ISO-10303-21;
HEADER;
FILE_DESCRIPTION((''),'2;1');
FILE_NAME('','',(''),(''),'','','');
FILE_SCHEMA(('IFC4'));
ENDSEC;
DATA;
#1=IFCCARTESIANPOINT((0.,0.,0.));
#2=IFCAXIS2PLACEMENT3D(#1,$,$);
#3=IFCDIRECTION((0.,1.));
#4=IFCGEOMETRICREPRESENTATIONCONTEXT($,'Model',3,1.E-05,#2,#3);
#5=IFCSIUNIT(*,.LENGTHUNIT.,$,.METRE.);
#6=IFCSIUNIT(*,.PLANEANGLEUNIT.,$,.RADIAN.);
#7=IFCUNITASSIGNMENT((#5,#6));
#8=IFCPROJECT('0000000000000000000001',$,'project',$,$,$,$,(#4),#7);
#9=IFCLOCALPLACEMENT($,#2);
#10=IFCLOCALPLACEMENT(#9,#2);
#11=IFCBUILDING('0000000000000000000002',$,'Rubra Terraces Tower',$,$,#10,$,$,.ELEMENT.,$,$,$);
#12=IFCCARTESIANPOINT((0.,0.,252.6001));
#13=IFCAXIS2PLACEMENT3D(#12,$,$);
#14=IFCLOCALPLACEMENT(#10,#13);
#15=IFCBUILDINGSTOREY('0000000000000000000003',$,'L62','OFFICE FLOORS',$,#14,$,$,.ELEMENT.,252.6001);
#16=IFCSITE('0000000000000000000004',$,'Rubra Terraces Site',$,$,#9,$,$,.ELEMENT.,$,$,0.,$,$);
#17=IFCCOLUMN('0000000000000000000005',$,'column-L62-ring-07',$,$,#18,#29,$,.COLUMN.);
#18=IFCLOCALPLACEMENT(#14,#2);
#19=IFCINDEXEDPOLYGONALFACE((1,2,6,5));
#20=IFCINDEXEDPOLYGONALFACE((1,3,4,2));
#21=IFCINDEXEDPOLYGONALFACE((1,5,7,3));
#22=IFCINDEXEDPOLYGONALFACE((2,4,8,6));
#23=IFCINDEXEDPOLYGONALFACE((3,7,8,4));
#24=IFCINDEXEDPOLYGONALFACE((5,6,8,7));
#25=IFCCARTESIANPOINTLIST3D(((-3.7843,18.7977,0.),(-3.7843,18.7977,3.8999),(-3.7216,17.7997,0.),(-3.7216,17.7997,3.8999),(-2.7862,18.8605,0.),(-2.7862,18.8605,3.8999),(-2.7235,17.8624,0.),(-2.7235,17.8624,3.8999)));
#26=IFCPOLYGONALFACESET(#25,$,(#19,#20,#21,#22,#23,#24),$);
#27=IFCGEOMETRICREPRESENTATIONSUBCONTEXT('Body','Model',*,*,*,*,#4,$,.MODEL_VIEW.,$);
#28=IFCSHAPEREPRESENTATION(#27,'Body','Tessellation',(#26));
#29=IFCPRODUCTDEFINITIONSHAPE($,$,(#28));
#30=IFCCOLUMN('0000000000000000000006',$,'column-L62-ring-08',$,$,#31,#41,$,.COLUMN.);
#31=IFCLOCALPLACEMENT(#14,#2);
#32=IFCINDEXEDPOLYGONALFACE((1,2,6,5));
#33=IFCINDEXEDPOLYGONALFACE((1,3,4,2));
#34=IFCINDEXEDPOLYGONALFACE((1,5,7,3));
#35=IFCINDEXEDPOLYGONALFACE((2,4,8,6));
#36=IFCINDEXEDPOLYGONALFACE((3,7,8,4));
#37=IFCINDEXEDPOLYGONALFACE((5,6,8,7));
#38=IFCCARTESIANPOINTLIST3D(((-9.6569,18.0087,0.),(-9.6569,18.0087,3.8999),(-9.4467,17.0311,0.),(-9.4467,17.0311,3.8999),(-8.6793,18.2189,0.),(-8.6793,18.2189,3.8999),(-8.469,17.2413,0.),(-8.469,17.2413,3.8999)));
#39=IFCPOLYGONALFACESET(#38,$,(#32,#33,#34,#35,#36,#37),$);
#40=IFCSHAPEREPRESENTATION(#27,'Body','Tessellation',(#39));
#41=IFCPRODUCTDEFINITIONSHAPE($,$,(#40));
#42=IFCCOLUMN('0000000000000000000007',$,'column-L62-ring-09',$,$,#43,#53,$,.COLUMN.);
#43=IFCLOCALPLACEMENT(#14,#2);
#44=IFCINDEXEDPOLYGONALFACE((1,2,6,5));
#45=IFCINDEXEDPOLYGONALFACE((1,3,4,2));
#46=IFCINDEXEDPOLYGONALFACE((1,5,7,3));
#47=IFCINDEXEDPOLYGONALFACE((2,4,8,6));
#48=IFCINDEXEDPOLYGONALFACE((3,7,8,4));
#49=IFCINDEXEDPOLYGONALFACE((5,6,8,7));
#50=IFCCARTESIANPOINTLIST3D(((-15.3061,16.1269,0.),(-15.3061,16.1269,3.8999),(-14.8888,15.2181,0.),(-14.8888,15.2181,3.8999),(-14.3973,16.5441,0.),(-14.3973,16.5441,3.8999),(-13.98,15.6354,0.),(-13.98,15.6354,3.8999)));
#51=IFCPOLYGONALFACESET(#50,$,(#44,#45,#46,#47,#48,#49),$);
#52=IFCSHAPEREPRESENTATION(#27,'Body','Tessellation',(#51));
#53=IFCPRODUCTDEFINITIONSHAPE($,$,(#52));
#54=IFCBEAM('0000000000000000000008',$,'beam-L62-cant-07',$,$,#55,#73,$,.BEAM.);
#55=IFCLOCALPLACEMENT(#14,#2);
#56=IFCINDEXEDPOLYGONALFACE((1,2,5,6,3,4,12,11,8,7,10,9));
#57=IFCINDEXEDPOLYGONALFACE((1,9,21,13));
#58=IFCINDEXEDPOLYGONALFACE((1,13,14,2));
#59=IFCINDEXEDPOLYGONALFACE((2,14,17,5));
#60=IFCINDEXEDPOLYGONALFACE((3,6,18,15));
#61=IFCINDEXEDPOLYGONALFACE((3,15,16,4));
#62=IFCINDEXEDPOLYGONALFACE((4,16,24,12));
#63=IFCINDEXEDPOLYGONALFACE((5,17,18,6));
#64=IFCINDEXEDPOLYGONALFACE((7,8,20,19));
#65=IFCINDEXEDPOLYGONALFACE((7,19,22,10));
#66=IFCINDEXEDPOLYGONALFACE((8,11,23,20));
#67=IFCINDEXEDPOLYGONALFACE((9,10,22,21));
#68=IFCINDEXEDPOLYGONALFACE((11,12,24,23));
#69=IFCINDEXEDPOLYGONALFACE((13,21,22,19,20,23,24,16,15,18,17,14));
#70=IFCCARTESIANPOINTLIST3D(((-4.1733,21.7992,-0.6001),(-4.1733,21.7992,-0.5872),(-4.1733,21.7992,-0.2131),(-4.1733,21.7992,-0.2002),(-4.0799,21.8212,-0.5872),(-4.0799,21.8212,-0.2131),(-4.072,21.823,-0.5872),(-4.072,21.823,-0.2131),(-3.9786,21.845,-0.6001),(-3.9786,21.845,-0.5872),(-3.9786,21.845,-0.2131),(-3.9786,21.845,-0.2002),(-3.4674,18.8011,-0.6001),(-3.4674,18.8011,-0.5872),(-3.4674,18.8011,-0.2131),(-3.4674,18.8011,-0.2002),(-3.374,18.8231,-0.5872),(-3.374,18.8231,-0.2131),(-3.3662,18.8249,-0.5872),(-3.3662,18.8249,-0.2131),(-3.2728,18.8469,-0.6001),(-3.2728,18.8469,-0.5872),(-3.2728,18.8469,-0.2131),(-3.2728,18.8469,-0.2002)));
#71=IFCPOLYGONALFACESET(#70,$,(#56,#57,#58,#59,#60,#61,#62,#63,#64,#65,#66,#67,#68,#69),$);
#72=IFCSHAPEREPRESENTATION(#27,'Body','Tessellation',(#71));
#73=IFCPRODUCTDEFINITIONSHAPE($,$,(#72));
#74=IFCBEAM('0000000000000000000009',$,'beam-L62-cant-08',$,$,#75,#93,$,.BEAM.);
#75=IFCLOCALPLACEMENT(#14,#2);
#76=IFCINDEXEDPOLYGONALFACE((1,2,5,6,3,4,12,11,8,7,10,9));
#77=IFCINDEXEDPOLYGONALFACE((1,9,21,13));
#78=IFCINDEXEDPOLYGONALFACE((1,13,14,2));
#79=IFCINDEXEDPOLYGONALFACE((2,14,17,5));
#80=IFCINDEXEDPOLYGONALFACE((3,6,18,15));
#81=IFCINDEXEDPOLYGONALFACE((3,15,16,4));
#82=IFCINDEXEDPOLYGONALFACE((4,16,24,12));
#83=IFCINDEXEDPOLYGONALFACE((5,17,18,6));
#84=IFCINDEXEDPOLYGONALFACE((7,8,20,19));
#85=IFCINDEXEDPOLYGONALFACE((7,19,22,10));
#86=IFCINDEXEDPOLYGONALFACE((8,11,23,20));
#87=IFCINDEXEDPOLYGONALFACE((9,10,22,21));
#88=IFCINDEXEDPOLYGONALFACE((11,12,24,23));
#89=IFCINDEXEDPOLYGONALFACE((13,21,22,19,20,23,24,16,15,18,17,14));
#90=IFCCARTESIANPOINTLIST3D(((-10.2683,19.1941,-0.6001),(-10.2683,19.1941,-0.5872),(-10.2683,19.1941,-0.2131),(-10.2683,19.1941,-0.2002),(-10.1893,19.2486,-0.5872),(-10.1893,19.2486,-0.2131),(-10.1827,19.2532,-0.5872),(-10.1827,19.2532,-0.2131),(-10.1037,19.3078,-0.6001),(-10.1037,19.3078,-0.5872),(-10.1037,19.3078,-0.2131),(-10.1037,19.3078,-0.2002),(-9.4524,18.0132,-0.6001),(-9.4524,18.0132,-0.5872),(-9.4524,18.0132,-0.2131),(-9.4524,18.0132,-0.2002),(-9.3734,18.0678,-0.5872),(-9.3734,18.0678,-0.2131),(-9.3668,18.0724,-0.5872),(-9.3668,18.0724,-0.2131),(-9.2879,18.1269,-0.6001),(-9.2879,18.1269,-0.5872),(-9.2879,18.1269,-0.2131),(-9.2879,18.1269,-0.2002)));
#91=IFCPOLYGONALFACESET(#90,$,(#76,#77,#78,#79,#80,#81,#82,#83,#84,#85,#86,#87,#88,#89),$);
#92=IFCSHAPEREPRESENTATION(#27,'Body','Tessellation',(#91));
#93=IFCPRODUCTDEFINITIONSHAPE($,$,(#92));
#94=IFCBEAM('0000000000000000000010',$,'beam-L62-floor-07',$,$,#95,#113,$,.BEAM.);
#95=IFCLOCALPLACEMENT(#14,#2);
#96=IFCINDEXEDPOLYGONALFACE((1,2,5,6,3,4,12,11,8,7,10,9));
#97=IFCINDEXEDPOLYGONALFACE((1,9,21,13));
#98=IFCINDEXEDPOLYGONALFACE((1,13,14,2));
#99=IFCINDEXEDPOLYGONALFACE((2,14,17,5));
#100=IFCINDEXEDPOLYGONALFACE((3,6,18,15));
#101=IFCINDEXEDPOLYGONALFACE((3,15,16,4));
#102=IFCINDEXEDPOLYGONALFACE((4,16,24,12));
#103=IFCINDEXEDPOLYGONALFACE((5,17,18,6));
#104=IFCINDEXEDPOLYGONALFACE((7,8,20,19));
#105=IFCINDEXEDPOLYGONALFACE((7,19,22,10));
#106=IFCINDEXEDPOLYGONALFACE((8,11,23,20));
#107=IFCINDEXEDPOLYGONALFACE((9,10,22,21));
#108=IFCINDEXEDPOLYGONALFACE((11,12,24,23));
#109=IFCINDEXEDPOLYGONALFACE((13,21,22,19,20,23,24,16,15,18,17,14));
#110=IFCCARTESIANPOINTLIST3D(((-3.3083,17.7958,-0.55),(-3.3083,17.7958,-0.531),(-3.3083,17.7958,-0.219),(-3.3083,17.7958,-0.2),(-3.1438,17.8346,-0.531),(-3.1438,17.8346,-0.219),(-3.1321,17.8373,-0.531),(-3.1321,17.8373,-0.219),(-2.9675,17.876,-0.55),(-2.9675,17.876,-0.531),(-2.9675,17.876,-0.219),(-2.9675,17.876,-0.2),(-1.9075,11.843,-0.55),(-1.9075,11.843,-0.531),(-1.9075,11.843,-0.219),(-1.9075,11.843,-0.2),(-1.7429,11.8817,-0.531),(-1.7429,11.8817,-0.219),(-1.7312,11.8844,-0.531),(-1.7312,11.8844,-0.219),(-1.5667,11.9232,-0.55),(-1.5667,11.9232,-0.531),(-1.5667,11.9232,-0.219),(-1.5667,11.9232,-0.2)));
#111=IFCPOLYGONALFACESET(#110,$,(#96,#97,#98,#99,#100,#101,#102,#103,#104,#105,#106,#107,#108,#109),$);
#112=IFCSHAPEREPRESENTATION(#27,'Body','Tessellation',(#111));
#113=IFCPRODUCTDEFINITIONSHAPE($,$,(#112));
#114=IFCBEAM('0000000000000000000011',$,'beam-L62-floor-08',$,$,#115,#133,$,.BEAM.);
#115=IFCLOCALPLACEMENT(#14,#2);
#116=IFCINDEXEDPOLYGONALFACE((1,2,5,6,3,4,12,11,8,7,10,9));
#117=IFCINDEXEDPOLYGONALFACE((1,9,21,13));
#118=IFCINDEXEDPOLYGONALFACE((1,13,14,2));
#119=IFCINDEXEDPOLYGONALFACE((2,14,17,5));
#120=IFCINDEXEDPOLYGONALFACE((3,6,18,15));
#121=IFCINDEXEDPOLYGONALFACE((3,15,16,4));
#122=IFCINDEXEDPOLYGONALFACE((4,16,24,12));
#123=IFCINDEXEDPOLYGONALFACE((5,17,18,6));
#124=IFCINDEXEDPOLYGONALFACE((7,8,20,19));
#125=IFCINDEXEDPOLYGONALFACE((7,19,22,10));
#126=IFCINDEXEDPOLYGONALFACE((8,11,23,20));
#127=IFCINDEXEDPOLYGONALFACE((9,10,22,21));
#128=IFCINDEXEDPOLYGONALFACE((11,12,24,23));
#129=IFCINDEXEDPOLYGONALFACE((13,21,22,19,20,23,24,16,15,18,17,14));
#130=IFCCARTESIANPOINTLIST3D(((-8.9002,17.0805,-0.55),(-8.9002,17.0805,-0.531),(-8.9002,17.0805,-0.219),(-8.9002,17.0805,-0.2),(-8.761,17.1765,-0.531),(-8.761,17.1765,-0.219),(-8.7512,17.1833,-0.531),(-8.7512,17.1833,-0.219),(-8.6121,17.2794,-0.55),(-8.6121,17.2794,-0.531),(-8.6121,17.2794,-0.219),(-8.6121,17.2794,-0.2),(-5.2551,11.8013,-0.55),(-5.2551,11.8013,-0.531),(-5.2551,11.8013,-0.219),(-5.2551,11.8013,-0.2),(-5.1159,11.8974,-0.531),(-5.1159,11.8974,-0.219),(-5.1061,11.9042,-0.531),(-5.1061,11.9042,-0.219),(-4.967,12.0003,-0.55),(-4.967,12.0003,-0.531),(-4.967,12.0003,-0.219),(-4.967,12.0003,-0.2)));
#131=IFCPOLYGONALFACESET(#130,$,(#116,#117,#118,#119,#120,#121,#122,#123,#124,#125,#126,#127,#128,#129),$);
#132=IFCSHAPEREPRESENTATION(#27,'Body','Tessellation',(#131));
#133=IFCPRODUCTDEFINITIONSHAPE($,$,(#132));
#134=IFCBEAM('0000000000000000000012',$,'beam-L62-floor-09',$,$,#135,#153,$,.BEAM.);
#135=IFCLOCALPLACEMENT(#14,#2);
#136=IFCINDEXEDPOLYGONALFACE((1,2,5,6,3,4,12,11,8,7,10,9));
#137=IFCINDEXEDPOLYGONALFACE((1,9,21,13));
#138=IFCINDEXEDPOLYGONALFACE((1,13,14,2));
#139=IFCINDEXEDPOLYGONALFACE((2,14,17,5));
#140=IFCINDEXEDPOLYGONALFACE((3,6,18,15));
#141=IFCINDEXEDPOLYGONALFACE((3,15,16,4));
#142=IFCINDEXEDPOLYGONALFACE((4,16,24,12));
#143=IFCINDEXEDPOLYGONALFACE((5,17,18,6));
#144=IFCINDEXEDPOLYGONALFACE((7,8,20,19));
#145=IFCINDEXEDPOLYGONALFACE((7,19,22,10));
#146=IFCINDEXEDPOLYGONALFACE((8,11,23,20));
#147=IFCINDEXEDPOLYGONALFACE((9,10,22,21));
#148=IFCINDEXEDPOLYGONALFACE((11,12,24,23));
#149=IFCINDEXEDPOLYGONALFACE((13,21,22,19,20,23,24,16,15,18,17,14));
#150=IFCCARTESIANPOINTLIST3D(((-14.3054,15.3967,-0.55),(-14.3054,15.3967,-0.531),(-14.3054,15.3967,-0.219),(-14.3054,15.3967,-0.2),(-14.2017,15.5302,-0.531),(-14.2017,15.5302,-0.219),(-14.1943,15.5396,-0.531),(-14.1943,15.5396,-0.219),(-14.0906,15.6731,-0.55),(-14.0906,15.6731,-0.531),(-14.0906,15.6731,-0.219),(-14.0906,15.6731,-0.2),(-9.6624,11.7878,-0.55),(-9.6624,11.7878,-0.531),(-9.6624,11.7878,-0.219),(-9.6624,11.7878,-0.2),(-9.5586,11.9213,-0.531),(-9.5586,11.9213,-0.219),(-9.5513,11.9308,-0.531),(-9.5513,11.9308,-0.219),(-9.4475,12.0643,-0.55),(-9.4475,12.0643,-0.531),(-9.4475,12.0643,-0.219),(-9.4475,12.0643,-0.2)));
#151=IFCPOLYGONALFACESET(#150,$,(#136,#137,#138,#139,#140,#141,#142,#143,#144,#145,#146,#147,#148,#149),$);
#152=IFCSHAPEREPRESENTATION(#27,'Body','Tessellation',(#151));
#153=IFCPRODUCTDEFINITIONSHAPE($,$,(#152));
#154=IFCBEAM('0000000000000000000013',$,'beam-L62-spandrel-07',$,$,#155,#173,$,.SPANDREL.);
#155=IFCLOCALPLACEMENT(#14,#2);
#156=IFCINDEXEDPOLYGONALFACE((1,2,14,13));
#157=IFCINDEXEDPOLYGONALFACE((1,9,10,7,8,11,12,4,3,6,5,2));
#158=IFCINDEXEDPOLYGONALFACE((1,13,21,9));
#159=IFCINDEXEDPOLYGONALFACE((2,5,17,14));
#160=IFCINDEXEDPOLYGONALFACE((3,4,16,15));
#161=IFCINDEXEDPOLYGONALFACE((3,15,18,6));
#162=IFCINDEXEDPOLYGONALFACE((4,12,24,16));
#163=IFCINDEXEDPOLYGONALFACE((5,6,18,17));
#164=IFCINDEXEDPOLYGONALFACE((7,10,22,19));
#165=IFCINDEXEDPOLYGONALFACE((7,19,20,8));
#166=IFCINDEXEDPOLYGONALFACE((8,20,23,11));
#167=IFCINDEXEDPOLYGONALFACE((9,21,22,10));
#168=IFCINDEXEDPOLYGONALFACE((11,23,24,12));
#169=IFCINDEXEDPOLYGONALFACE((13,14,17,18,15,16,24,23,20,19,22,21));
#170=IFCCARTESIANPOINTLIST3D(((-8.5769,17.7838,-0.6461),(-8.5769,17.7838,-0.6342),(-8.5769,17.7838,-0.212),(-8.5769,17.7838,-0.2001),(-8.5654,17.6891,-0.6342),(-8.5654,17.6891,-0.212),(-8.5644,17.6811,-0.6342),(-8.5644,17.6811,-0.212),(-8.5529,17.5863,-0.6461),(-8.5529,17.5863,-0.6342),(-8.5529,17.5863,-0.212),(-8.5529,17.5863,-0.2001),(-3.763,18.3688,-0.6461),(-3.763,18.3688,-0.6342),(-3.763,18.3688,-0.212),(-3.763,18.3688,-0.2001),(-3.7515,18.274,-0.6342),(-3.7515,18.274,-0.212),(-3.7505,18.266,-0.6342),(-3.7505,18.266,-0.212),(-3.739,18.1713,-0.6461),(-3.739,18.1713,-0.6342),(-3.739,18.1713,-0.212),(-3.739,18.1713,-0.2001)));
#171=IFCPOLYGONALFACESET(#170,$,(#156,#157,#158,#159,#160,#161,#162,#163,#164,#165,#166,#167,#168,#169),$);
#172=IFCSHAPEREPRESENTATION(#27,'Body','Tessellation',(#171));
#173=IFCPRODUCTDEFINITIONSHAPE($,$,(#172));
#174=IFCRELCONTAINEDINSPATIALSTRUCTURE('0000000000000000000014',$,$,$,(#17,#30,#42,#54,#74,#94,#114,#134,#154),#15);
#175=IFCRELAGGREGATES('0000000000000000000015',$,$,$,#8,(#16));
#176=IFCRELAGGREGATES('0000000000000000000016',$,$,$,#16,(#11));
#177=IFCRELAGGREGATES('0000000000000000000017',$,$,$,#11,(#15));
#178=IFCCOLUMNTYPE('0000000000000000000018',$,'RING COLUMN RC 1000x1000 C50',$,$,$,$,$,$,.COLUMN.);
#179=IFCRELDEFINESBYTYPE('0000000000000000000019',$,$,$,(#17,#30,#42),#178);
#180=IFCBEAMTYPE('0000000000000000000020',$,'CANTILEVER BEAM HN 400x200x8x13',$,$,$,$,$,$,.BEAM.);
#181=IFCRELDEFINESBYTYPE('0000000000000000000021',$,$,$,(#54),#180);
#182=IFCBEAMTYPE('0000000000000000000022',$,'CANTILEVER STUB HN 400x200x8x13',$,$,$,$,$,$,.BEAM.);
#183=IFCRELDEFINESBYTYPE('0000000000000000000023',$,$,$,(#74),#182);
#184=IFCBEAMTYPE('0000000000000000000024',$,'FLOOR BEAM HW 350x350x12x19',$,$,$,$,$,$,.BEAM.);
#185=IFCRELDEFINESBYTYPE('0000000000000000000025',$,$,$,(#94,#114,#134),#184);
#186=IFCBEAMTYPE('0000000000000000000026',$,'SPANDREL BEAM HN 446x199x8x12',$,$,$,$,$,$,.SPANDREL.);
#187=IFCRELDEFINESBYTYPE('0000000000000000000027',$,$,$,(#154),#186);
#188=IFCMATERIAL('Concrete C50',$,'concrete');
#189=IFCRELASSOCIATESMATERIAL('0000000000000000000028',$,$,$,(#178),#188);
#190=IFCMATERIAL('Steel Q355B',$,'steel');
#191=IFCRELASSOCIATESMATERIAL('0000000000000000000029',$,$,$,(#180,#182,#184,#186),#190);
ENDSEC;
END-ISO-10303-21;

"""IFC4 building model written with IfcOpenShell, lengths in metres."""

from ifc_helpers import new_model, si_unit, direction, frame, origin, origin_2d, place, context, subcontext, project, spatial, rectangle, i_section, extrude, material, material_profile, profile_set, type_object, element, save


model = new_model("IFC4")

# Units and contexts
model_context = context("Model", 3, precision=1e-05, world=origin(), true_north=direction((0.0, 1.0)))
body_context = subcontext(model_context, "Body", "Model", "MODEL_VIEW")
ifc_project = project(units=[si_unit("LENGTHUNIT", "METRE"), si_unit("PLANEANGLEUNIT", "RADIAN")], contexts=[model_context])

# Site, building, storey
site_placement = place(None, origin())
site = spatial("IfcSite", under=ifc_project, at=site_placement, Name="Rubra Terraces Site", CompositionType="ELEMENT", RefElevation=0.0)
building_placement = place(site_placement, origin())
building = spatial("IfcBuilding", under=site, at=building_placement, Name="Rubra Terraces Tower", CompositionType="ELEMENT")
storey_placement = place(building_placement, frame((0.0, 0.0, 252.6001)))
storey = spatial("IfcBuildingStorey", under=building, at=storey_placement, Name="L62", Description="OFFICE FLOORS", CompositionType="ELEMENT", Elevation=252.6001)

# Columns
ifc_material_1 = material(Name="Concrete C50", Category="concrete")
ifc_material_profile_1 = material_profile(ifc_material_1, rectangle(XDim=1.0, YDim=1.0, at=origin_2d()), Name="RC 1000x1000")
ifc_profile_set_1 = profile_set([ifc_material_profile_1], Name="Concrete C50")
column_type = type_object("IfcColumnType", Name="RING COLUMN RC 1000x1000 C50", PredefinedType="COLUMN", material=ifc_profile_set_1)
for number, where, z_axis, x_axis, name in (
    (1, (-3.2539, 18.3301, 0.0), (0.0, 0.0, 1.0), (-0.998032, -0.062714, 0.0), "column-L62-ring-07"),
    (2, (-9.063, 17.625, 0.0), (0.0, 0.0, 1.0), (-0.977653, -0.210227, 0.0), "column-L62-ring-08"),
    (3, (-14.6431, 15.8811, 0.0), (0.0, 0.0, 1.0), (-0.908779, -0.417279, 0.0), "column-L62-ring-09"),
):
    element("IfcColumn", number, at=place(storey_placement, frame(where, z_axis=z_axis, x_axis=x_axis)), inside=storey, type_object=column_type, Name=name, PredefinedType="COLUMN", context=body_context, shape_type="SweptSolid", body=[
        extrude(rectangle(XDim=1.0, YDim=1.0, at=origin_2d()), origin(), (0.0, 0.0, 1.0), 3.8999),
    ])

# Beams
ifc_material_2 = material(Name="Steel Q355B", Category="steel")
ifc_material_profile_2 = material_profile(ifc_material_2, i_section(OverallWidth=0.2, OverallDepth=0.3999, WebThickness=0.0081, FlangeThickness=0.0129, at=origin_2d()), Name="HN 400x200x8x13")
ifc_profile_set_2 = profile_set([ifc_material_profile_2], Name="Steel Q355B")
beam_type_1 = type_object("IfcBeamType", Name="CANTILEVER BEAM HN 400x200x8x13", PredefinedType="BEAM", material=ifc_profile_set_2)
beam_1_placement = place(storey_placement, frame((-3.3701, 18.824, -0.4001), z_axis=(-0.229159, 0.973389, 0.0), x_axis=(-0.973389, -0.229159, 0.0)))
element("IfcBeam", 4, at=beam_1_placement, inside=storey, type_object=beam_type_1, Name="beam-L62-cant-07", PredefinedType="BEAM", context=body_context, shape_type="SweptSolid", body=[
    extrude(i_section(OverallWidth=0.2, OverallDepth=0.3999, WebThickness=0.0081, FlangeThickness=0.0129, at=origin_2d()), origin(), (0.0, 0.0, 1.0), 3.0801),
])
ifc_material_profile_3 = material_profile(ifc_material_2, i_section(OverallWidth=0.2, OverallDepth=0.3999, WebThickness=0.0081, FlangeThickness=0.0129, at=origin_2d()), Name="HN 400x200x8x13")
ifc_profile_set_3 = profile_set([ifc_material_profile_3], Name="Steel Q355B")
beam_type_2 = type_object("IfcBeamType", Name="CANTILEVER STUB HN 400x200x8x13", PredefinedType="BEAM", material=ifc_profile_set_3)
beam_2_placement = place(storey_placement, frame((-9.3701, 18.0701, -0.4001), z_axis=(-0.56844, 0.822725, 0.0), x_axis=(-0.822725, -0.56844, 0.0)))
element("IfcBeam", 5, at=beam_2_placement, inside=storey, type_object=beam_type_2, Name="beam-L62-cant-08", PredefinedType="BEAM", context=body_context, shape_type="SweptSolid", body=[
    extrude(i_section(OverallWidth=0.2, OverallDepth=0.3999, WebThickness=0.0081, FlangeThickness=0.0129, at=origin_2d()), origin(), (0.0, 0.0, 1.0), 1.4353),
])
ifc_material_profile_4 = material_profile(ifc_material_2, i_section(OverallWidth=0.3501, OverallDepth=0.3501, WebThickness=0.012, FlangeThickness=0.019, at=origin_2d()), Name="HW 350x350x12x19")
ifc_profile_set_4 = profile_set([ifc_material_profile_4], Name="Steel Q355B")
beam_type_3 = type_object("IfcBeamType", Name="FLOOR BEAM HW 350x350x12x19", PredefinedType="BEAM", material=ifc_profile_set_4)
beam_3_placement = place(storey_placement, frame((-3.1379, 17.8359, -0.375), z_axis=(0.22907, -0.97341, 0.0), x_axis=(0.97341, 0.22907, 0.0)))
element("IfcBeam", 6, at=beam_3_placement, inside=storey, type_object=beam_type_3, Name="beam-L62-floor-07", PredefinedType="BEAM", context=body_context, shape_type="SweptSolid", body=[
    extrude(i_section(OverallWidth=0.3501, OverallDepth=0.3501, WebThickness=0.012, FlangeThickness=0.019, at=origin_2d()), origin(), (0.0, 0.0, 1.0), 6.1155),
])
beam_4_placement = place(storey_placement, frame((-8.7561, 17.1799, -0.375), z_axis=(0.568186, -0.8229, 0.0), x_axis=(0.8229, 0.568186, 0.0)))
element("IfcBeam", 7, at=beam_4_placement, inside=storey, type_object=beam_type_3, Name="beam-L62-floor-08", PredefinedType="BEAM", context=body_context, shape_type="SweptSolid", body=[
    extrude(i_section(OverallWidth=0.3501, OverallDepth=0.3501, WebThickness=0.012, FlangeThickness=0.019, at=origin_2d()), origin(), (0.0, 0.0, 1.0), 6.4153),
])
beam_5_placement = place(storey_placement, frame((-14.198, 15.5349, -0.375), z_axis=(0.789549, -0.613688, 0.0), x_axis=(0.613688, 0.789549, 0.0)))
element("IfcBeam", 8, at=beam_5_placement, inside=storey, type_object=beam_type_3, Name="beam-L62-floor-09", PredefinedType="BEAM", context=body_context, shape_type="SweptSolid", body=[
    extrude(i_section(OverallWidth=0.3501, OverallDepth=0.3501, WebThickness=0.012, FlangeThickness=0.019, at=origin_2d()), origin(), (0.0, 0.0, 1.0), 5.8806),
])
ifc_material_profile_5 = material_profile(ifc_material_2, i_section(OverallWidth=0.199, OverallDepth=0.446, WebThickness=0.0081, FlangeThickness=0.012, at=origin_2d()), Name="HN 446x199x8x12")
ifc_profile_set_5 = profile_set([ifc_material_profile_5], Name="Steel Q355B")
beam_type_4 = type_object("IfcBeamType", Name="SPANDREL BEAM HN 446x199x8x12", PredefinedType="SPANDREL", material=ifc_profile_set_5)
beam_6_placement = place(storey_placement, frame((-3.751, 18.27, -0.4231), z_axis=(-0.992698, -0.120626, 0.0), x_axis=(0.120626, -0.992698, 0.0)))
element("IfcBeam", 9, at=beam_6_placement, inside=storey, type_object=beam_type_4, Name="beam-L62-spandrel-07", PredefinedType="SPANDREL", context=body_context, shape_type="SweptSolid", body=[
    extrude(i_section(OverallWidth=0.199, OverallDepth=0.446, WebThickness=0.0081, FlangeThickness=0.012, at=origin_2d()), origin(), (0.0, 0.0, 1.0), 4.8494),
])

save(model, "model.ifc")
